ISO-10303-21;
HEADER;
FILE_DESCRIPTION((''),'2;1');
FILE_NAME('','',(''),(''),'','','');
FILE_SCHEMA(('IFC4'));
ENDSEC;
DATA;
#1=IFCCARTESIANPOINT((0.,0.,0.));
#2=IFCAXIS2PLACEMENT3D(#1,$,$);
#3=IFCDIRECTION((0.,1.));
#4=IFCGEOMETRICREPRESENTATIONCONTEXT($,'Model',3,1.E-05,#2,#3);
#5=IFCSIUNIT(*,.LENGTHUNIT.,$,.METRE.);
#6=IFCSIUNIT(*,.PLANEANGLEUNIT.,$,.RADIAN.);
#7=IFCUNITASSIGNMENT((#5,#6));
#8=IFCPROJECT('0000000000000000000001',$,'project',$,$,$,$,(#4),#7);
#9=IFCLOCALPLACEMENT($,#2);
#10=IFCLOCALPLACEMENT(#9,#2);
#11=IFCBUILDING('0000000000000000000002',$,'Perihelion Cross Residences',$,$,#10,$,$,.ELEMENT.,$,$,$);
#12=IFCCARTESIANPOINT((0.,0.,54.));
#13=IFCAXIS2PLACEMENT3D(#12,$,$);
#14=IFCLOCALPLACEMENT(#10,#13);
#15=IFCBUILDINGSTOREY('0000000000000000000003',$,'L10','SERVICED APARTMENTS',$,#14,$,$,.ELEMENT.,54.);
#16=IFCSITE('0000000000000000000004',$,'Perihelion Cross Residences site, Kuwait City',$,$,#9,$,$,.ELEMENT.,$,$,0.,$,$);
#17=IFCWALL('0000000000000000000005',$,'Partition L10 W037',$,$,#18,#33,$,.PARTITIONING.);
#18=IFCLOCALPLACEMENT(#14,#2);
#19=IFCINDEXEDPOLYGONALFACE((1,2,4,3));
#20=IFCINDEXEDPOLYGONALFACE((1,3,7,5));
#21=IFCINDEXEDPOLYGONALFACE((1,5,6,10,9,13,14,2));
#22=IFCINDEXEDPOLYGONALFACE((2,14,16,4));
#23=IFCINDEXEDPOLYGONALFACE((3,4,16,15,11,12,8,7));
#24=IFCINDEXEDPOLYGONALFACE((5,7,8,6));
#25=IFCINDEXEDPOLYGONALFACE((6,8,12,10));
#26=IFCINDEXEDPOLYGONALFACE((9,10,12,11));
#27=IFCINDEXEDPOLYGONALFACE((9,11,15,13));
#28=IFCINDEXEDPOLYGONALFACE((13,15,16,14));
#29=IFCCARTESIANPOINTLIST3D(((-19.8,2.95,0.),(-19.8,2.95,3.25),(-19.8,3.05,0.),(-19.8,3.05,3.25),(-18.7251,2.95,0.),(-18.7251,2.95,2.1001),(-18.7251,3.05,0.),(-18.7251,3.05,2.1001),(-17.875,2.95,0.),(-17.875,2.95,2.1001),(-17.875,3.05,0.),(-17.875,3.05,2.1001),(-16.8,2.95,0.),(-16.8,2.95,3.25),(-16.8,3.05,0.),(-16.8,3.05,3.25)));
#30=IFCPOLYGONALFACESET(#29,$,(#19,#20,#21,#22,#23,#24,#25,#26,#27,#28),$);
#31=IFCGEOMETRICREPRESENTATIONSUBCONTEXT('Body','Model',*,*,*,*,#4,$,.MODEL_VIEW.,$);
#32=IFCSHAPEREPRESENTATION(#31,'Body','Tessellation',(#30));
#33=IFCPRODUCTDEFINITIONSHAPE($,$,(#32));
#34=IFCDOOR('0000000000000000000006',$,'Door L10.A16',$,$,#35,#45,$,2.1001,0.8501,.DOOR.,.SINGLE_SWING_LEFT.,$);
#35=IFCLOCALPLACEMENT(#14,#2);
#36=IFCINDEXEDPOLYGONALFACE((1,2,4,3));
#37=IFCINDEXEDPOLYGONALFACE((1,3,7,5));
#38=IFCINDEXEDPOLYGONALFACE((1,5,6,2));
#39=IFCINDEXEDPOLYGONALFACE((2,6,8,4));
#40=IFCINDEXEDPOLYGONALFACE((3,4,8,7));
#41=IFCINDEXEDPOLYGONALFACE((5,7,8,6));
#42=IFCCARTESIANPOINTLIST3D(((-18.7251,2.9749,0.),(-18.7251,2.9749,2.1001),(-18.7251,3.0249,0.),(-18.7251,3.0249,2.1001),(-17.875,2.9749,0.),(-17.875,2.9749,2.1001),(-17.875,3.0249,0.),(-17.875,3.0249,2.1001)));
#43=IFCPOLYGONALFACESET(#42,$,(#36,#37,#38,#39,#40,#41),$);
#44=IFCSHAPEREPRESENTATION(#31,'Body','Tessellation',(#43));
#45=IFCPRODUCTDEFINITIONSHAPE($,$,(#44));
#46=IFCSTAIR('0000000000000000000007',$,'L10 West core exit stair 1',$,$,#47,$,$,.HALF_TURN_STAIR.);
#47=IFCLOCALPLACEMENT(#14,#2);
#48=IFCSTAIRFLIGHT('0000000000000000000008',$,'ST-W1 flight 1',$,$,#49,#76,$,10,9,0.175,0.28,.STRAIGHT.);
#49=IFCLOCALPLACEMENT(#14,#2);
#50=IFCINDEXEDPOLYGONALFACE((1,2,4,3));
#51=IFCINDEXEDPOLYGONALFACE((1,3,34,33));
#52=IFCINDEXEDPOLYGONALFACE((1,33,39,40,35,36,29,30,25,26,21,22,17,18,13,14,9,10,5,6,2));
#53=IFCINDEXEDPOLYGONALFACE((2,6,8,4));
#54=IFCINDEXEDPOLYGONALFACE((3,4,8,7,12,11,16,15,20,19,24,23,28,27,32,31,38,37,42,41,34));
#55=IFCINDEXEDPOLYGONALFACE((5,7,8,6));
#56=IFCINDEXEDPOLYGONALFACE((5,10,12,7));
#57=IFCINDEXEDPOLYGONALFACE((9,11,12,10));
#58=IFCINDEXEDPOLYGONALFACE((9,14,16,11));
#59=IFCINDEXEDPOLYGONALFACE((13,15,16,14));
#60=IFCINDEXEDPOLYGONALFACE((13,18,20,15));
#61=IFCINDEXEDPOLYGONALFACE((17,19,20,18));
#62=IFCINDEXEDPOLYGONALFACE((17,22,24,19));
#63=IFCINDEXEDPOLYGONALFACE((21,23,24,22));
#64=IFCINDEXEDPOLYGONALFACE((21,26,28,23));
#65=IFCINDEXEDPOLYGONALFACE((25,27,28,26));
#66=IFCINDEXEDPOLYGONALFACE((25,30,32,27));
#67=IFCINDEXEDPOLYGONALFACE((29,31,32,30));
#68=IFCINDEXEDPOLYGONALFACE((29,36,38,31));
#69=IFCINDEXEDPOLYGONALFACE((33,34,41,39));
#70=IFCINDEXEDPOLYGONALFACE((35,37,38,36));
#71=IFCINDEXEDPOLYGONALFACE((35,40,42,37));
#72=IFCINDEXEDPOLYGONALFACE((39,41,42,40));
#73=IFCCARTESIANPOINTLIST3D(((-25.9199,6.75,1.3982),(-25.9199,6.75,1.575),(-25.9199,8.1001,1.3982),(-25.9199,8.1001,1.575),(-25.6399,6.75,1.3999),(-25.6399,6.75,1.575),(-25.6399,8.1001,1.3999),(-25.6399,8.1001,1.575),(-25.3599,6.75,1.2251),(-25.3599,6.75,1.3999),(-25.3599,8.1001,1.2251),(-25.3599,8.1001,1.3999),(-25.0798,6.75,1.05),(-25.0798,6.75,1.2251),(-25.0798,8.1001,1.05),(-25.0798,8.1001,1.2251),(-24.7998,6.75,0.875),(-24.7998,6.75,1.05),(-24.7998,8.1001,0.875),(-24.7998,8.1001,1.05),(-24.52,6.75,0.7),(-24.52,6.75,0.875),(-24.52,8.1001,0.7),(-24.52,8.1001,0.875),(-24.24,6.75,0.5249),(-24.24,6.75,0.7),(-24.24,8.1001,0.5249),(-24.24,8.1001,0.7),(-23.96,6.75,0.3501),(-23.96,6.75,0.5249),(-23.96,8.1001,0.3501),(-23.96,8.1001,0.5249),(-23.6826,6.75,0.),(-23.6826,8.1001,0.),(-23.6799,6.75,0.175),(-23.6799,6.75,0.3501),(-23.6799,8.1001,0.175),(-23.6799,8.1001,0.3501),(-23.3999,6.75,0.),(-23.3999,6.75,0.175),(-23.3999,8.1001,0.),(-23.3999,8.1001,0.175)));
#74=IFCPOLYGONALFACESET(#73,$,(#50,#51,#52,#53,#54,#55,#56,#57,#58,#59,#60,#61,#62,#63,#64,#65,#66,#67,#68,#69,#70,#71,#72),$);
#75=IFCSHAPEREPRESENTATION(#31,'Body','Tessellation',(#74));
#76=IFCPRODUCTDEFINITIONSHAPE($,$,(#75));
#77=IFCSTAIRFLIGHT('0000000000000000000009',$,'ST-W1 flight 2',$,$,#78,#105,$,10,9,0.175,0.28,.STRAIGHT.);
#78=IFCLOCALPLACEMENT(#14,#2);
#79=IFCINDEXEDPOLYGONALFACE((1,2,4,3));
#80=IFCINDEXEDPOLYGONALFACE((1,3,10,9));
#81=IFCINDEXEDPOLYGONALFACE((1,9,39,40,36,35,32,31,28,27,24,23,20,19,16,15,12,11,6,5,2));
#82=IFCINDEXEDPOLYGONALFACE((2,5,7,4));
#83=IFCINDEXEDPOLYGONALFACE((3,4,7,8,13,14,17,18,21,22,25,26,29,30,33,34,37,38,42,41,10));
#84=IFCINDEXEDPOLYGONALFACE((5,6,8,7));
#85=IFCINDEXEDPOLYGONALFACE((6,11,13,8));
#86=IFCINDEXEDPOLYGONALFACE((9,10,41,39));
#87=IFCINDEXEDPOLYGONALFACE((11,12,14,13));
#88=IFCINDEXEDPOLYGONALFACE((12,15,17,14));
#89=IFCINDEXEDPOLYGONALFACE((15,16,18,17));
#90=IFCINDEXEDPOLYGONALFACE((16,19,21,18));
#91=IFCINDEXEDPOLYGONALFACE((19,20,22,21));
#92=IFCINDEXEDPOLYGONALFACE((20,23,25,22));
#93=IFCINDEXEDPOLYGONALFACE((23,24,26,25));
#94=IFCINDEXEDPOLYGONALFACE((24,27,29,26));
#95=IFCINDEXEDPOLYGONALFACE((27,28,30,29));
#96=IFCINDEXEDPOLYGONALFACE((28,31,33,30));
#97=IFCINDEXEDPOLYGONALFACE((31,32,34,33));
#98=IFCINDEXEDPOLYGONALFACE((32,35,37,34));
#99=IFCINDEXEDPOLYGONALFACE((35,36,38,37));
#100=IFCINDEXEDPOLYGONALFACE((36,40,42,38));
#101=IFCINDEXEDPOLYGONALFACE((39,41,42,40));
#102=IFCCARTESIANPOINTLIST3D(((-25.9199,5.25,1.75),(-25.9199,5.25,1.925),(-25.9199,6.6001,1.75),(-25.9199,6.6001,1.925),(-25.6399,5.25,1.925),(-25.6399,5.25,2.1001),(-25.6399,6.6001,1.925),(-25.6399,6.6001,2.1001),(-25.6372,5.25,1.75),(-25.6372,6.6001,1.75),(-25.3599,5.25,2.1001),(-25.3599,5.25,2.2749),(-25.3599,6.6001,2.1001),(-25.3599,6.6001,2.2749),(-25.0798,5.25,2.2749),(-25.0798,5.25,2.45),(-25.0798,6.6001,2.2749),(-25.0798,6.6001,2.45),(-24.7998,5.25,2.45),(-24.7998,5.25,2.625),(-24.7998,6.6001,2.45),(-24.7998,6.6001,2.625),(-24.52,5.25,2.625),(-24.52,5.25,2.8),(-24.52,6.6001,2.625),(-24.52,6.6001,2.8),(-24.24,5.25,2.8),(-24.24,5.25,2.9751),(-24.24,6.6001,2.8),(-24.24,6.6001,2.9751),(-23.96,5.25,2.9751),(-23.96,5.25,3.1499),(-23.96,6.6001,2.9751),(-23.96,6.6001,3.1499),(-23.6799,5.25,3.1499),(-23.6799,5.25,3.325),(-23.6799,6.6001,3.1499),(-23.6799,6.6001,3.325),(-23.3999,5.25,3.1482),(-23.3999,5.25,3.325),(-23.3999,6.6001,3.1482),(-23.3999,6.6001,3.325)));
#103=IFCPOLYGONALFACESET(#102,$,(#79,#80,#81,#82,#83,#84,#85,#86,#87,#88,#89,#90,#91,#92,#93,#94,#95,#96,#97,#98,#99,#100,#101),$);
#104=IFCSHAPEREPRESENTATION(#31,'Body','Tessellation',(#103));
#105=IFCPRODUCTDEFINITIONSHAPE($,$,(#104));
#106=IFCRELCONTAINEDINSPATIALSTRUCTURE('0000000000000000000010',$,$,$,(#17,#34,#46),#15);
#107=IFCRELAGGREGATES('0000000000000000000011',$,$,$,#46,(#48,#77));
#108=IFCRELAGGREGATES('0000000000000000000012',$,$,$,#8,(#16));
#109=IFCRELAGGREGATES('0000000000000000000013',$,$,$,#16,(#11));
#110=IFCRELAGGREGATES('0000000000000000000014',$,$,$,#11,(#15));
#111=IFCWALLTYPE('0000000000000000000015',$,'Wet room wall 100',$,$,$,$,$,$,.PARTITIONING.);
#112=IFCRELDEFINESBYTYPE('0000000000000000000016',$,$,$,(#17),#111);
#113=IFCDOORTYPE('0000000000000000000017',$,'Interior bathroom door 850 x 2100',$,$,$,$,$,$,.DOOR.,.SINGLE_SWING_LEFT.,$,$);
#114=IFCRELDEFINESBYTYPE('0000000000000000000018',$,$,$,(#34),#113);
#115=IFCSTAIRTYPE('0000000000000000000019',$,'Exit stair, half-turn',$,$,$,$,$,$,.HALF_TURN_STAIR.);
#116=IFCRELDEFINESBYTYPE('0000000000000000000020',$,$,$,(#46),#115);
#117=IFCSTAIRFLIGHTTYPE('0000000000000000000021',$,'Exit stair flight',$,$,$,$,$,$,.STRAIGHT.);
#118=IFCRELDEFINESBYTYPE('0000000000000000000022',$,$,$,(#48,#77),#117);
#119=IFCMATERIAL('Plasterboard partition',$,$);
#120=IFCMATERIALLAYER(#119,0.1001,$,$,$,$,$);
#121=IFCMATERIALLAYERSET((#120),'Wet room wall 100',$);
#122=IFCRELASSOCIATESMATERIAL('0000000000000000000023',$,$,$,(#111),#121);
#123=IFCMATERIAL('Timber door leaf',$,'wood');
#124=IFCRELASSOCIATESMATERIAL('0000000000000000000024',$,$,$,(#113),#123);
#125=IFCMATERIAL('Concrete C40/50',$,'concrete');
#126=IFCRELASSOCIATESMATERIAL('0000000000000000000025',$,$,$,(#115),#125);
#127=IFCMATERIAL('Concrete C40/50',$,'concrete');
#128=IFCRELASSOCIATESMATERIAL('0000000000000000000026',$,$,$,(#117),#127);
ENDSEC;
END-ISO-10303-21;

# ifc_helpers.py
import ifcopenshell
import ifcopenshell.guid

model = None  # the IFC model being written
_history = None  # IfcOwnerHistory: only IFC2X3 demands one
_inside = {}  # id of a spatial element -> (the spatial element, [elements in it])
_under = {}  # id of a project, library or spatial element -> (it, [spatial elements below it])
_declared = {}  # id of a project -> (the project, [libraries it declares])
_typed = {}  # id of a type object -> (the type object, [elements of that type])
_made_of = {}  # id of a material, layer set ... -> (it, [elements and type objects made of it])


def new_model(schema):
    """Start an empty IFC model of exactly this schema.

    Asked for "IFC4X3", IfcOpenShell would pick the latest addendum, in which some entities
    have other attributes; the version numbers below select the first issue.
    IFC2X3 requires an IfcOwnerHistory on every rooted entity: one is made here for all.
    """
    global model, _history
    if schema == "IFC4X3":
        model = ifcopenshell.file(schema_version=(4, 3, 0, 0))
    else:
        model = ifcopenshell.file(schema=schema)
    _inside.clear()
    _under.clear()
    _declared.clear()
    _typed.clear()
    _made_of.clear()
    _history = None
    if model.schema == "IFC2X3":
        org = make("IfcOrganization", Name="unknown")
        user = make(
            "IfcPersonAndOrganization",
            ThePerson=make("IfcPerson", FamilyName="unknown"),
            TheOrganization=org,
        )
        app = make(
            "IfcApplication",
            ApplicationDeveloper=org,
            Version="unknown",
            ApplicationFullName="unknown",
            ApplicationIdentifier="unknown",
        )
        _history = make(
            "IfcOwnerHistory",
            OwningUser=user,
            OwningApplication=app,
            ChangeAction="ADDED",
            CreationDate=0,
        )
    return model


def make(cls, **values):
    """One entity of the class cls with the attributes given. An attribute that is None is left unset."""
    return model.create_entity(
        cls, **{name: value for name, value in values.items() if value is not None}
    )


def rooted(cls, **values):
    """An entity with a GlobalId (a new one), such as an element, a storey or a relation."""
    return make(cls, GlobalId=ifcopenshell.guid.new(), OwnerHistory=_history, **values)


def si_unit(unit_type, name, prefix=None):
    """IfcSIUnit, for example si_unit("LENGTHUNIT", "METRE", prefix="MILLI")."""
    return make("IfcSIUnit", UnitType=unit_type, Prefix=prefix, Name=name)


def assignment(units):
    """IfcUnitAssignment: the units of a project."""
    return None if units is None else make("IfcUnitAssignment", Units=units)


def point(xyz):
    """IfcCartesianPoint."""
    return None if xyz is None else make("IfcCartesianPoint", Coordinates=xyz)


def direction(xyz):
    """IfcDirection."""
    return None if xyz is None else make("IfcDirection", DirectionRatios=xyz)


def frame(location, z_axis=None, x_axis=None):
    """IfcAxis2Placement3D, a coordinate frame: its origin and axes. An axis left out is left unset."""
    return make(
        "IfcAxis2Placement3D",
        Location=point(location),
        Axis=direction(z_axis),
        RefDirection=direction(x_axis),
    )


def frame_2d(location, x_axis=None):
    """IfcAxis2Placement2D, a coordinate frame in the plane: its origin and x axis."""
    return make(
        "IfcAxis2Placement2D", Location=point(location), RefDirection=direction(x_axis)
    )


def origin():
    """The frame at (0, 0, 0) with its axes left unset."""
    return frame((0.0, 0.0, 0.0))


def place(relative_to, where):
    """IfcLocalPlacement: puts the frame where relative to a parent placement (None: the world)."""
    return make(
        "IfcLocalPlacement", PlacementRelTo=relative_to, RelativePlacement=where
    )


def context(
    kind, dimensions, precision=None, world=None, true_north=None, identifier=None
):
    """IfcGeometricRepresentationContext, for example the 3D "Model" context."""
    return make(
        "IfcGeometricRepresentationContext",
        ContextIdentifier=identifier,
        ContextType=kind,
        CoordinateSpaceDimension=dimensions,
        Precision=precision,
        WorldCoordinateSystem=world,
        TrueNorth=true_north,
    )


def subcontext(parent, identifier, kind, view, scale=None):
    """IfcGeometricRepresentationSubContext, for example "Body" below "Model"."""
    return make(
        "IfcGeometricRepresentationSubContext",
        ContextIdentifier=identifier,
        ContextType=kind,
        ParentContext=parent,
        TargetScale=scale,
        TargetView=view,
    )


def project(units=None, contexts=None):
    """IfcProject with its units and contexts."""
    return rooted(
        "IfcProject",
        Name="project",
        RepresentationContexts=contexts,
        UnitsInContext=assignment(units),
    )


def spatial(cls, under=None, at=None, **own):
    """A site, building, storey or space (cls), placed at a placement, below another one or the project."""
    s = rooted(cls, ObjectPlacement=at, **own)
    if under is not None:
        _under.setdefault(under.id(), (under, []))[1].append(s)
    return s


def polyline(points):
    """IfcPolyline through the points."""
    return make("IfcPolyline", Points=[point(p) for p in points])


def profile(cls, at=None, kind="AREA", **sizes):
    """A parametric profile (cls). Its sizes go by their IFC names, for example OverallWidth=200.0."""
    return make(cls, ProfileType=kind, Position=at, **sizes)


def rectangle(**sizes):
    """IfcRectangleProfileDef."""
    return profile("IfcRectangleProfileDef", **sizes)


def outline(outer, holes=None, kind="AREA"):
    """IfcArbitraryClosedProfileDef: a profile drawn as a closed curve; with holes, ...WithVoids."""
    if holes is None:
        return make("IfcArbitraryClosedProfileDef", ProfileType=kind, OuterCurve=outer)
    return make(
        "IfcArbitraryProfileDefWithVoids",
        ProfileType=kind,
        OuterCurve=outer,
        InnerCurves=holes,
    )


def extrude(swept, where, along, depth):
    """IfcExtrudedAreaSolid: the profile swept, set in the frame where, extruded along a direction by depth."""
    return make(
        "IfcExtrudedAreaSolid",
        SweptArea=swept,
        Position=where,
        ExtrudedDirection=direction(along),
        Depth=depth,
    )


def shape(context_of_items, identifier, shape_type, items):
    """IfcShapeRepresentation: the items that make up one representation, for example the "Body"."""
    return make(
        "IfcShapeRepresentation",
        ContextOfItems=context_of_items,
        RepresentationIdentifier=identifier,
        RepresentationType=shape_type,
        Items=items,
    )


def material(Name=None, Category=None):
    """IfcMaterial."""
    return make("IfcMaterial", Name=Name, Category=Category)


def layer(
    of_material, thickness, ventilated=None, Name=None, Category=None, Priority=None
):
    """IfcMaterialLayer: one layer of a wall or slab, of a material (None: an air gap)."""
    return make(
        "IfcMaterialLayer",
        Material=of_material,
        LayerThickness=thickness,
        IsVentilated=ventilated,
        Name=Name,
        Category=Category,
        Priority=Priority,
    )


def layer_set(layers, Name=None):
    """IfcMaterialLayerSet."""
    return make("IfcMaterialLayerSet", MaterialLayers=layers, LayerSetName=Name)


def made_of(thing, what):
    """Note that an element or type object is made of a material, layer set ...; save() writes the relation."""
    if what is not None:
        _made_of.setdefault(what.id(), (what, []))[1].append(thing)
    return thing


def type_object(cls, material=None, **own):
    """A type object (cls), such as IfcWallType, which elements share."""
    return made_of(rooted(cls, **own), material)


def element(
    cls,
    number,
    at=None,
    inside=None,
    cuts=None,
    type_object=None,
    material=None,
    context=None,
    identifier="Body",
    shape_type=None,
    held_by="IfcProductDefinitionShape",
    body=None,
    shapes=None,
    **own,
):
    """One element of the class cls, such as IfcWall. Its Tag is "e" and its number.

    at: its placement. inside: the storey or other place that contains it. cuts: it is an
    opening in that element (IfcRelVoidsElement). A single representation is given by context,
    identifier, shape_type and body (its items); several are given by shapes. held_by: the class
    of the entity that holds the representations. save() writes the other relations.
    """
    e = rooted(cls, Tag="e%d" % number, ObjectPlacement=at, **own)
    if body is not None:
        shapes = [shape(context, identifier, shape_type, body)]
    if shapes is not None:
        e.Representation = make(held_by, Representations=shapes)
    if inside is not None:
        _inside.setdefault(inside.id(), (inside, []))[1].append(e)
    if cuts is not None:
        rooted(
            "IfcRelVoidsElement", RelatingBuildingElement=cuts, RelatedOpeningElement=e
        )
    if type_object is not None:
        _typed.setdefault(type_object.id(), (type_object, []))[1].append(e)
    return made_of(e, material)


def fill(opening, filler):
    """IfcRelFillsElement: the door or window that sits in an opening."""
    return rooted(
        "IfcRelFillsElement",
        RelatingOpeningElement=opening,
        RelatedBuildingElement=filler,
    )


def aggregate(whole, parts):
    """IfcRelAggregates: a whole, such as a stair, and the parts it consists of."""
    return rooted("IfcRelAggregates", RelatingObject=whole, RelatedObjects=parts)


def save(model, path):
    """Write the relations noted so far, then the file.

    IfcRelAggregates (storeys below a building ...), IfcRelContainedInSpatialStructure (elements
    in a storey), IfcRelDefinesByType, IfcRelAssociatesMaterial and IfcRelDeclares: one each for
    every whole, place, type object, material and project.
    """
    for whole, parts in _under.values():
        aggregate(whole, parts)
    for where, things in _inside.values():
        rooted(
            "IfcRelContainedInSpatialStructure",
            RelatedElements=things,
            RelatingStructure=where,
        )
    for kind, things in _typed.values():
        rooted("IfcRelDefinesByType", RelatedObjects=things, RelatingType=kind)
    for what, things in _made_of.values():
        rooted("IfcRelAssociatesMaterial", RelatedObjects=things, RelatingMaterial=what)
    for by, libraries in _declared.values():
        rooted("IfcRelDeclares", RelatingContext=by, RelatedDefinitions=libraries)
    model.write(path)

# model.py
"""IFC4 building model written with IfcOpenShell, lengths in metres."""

from ifc_helpers import new_model, si_unit, direction, frame, frame_2d, origin, place, context, subcontext, project, spatial, polyline, rectangle, outline, extrude, material, layer, layer_set, type_object, element, fill, aggregate, save


model = new_model("IFC4")

# Units and contexts
model_context = context("Model", 3, precision=1e-05, world=origin(), true_north=direction((0.0, 1.0)))
body_context = subcontext(model_context, "Body", "Model", "MODEL_VIEW")
ifc_project = project(units=[si_unit("LENGTHUNIT", "METRE"), si_unit("PLANEANGLEUNIT", "RADIAN")], contexts=[model_context])

# Site, building, storey
site_placement = place(None, origin())
site = spatial("IfcSite", under=ifc_project, at=site_placement, Name="Perihelion Cross Residences site, Kuwait City", CompositionType="ELEMENT", RefElevation=0.0)
building_placement = place(site_placement, origin())
building = spatial("IfcBuilding", under=site, at=building_placement, Name="Perihelion Cross Residences", CompositionType="ELEMENT")
storey_placement = place(building_placement, frame((0.0, 0.0, 54.0)))
storey = spatial("IfcBuildingStorey", under=building, at=storey_placement, Name="L10", Description="SERVICED APARTMENTS", CompositionType="ELEMENT", Elevation=54.0)

# Shared definitions
ifc_material_1 = material(Name="Plasterboard partition")
ifc_layer_1 = layer(ifc_material_1, 0.1001)
ifc_layer_set_1 = layer_set([ifc_layer_1], Name="Wet room wall 100")
wall_type_1 = type_object("IfcWallType", Name="Wet room wall 100", PredefinedType="PARTITIONING", material=ifc_layer_set_1)

# Wall, opening, door
wall_1_placement = place(storey_placement, frame((-19.8, 3.0, 0.0), z_axis=(0.0, 0.0, 1.0), x_axis=(1.0, 0.0, 0.0)))
wall_1 = element("IfcWall", 1, at=wall_1_placement, inside=storey, type_object=wall_type_1, Name="Partition L10 W037", PredefinedType="PARTITIONING", context=body_context, shape_type="SweptSolid", body=[
    extrude(rectangle(XDim=3.0, YDim=0.1001, at=frame_2d((1.5, 0.0))), origin(), (0.0, 0.0, 1.0), 3.25),
])
opening_1_placement = place(wall_1_placement, frame((1.075, 0.0, 0.0)))
opening_1 = element("IfcOpeningElement", 2, at=opening_1_placement, cuts=wall_1, PredefinedType="OPENING", context=body_context, shape_type="SweptSolid", body=[
    extrude(rectangle(XDim=0.8501, YDim=2.1001, at=frame_2d((0.425, 1.05))), frame((0.0, 0.0601, 0.0), z_axis=(0.0, -1.0, 0.0), x_axis=(1.0, 0.0, 0.0)), (0.0, 0.0, 1.0), 0.1201),
])
ifc_material_2 = material(Name="Timber door leaf", Category="wood")
door_type_1 = type_object("IfcDoorType", Name="Interior bathroom door 850 x 2100", OperationType="SINGLE_SWING_LEFT", PredefinedType="DOOR", material=ifc_material_2)
door_1_placement = place(opening_1_placement, origin())
door_1 = element("IfcDoor", 3, at=door_1_placement, inside=storey, type_object=door_type_1, Name="Door L10.A16", OperationType="SINGLE_SWING_LEFT", OverallHeight=2.1001, OverallWidth=0.8501, PredefinedType="DOOR", context=body_context, shape_type="SweptSolid", body=[
    extrude(rectangle(XDim=0.8501, YDim=2.1001, at=frame_2d((0.425, 1.05))), frame((0.0, 0.0249, 0.0), z_axis=(0.0, -1.0, 0.0), x_axis=(1.0, 0.0, 0.0)), (0.0, 0.0, 1.0), 0.05),
])
fill(opening_1, door_1)

# Stair, stair flights
ifc_material_3 = material(Name="Concrete C40/50", Category="concrete")
stair_type = type_object("IfcStairType", Name="Exit stair, half-turn", PredefinedType="HALF_TURN_STAIR", material=ifc_material_3)
stair_placement = place(storey_placement, origin())
stair = element("IfcStair", 4, at=stair_placement, inside=storey, type_object=stair_type, Name="L10 West core exit stair 1", PredefinedType="HALF_TURN_STAIR")
ifc_material_4 = material(Name="Concrete C40/50", Category="concrete")
stair_flight_type = type_object("IfcStairFlightType", Name="Exit stair flight", PredefinedType="STRAIGHT", material=ifc_material_4)
stair_flight_1_placement = place(storey_placement, frame((-23.3999, 7.425, 0.0), z_axis=(0.0, 0.0, 1.0), x_axis=(-1.0, 0.0, 0.0)))
stair_flight_1 = element("IfcStairFlight", 5, at=stair_flight_1_placement, type_object=stair_flight_type, Name="ST-W1 flight 1", NumberOfRisers=10, NumberOfTreads=9, PredefinedType="STRAIGHT", RiserHeight=0.175, TreadLength=0.28, context=body_context, shape_type="SweptSolid", body=[
    extrude(outline(polyline([(0.0, 0.0), (0.0, 0.175), (0.28, 0.175), (0.28, 0.3501), (0.5601, 0.3501), (0.5601, 0.5249), (0.8401, 0.5249), (0.8401, 0.7), (1.1201, 0.7), (1.1201, 0.875), (1.3999, 0.875), (1.3999, 1.05), (1.6799, 1.05), (1.6799, 1.2251), (1.96, 1.2251), (1.96, 1.3999), (2.24, 1.3999), (2.24, 1.575), (2.52, 1.575), (2.52, 1.75), (2.52, 1.3982), (0.2827, 0.0), (0.0, 0.0)])), frame((0.0, 0.675, 0.0), z_axis=(0.0, -1.0, 0.0), x_axis=(1.0, 0.0, 0.0)), (0.0, 0.0, 1.0), 1.3501),
])
stair_flight_2_placement = place(storey_placement, frame((-25.9199, 5.925, 1.75), z_axis=(0.0, 0.0, 1.0), x_axis=(1.0, 0.0, 0.0)))
stair_flight_2 = element("IfcStairFlight", 6, at=stair_flight_2_placement, type_object=stair_flight_type, Name="ST-W1 flight 2", NumberOfRisers=10, NumberOfTreads=9, PredefinedType="STRAIGHT", RiserHeight=0.175, TreadLength=0.28, context=body_context, shape_type="SweptSolid", body=[
    extrude(outline(polyline([(0.0, 0.0), (0.0, 0.175), (0.28, 0.175), (0.28, 0.3501), (0.5601, 0.3501), (0.5601, 0.5249), (0.8401, 0.5249), (0.8401, 0.7), (1.1201, 0.7), (1.1201, 0.875), (1.3999, 0.875), (1.3999, 1.05), (1.6799, 1.05), (1.6799, 1.2251), (1.96, 1.2251), (1.96, 1.3999), (2.24, 1.3999), (2.24, 1.575), (2.52, 1.575), (2.52, 1.75), (2.52, 1.3982), (0.2827, 0.0), (0.0, 0.0)])), frame((0.0, 0.675, 0.0), z_axis=(0.0, -1.0, 0.0), x_axis=(1.0, 0.0, 0.0)), (0.0, 0.0, 1.0), 1.3501),
])
aggregate(stair, [stair_flight_1, stair_flight_2])

save(model, "model.ifc")
